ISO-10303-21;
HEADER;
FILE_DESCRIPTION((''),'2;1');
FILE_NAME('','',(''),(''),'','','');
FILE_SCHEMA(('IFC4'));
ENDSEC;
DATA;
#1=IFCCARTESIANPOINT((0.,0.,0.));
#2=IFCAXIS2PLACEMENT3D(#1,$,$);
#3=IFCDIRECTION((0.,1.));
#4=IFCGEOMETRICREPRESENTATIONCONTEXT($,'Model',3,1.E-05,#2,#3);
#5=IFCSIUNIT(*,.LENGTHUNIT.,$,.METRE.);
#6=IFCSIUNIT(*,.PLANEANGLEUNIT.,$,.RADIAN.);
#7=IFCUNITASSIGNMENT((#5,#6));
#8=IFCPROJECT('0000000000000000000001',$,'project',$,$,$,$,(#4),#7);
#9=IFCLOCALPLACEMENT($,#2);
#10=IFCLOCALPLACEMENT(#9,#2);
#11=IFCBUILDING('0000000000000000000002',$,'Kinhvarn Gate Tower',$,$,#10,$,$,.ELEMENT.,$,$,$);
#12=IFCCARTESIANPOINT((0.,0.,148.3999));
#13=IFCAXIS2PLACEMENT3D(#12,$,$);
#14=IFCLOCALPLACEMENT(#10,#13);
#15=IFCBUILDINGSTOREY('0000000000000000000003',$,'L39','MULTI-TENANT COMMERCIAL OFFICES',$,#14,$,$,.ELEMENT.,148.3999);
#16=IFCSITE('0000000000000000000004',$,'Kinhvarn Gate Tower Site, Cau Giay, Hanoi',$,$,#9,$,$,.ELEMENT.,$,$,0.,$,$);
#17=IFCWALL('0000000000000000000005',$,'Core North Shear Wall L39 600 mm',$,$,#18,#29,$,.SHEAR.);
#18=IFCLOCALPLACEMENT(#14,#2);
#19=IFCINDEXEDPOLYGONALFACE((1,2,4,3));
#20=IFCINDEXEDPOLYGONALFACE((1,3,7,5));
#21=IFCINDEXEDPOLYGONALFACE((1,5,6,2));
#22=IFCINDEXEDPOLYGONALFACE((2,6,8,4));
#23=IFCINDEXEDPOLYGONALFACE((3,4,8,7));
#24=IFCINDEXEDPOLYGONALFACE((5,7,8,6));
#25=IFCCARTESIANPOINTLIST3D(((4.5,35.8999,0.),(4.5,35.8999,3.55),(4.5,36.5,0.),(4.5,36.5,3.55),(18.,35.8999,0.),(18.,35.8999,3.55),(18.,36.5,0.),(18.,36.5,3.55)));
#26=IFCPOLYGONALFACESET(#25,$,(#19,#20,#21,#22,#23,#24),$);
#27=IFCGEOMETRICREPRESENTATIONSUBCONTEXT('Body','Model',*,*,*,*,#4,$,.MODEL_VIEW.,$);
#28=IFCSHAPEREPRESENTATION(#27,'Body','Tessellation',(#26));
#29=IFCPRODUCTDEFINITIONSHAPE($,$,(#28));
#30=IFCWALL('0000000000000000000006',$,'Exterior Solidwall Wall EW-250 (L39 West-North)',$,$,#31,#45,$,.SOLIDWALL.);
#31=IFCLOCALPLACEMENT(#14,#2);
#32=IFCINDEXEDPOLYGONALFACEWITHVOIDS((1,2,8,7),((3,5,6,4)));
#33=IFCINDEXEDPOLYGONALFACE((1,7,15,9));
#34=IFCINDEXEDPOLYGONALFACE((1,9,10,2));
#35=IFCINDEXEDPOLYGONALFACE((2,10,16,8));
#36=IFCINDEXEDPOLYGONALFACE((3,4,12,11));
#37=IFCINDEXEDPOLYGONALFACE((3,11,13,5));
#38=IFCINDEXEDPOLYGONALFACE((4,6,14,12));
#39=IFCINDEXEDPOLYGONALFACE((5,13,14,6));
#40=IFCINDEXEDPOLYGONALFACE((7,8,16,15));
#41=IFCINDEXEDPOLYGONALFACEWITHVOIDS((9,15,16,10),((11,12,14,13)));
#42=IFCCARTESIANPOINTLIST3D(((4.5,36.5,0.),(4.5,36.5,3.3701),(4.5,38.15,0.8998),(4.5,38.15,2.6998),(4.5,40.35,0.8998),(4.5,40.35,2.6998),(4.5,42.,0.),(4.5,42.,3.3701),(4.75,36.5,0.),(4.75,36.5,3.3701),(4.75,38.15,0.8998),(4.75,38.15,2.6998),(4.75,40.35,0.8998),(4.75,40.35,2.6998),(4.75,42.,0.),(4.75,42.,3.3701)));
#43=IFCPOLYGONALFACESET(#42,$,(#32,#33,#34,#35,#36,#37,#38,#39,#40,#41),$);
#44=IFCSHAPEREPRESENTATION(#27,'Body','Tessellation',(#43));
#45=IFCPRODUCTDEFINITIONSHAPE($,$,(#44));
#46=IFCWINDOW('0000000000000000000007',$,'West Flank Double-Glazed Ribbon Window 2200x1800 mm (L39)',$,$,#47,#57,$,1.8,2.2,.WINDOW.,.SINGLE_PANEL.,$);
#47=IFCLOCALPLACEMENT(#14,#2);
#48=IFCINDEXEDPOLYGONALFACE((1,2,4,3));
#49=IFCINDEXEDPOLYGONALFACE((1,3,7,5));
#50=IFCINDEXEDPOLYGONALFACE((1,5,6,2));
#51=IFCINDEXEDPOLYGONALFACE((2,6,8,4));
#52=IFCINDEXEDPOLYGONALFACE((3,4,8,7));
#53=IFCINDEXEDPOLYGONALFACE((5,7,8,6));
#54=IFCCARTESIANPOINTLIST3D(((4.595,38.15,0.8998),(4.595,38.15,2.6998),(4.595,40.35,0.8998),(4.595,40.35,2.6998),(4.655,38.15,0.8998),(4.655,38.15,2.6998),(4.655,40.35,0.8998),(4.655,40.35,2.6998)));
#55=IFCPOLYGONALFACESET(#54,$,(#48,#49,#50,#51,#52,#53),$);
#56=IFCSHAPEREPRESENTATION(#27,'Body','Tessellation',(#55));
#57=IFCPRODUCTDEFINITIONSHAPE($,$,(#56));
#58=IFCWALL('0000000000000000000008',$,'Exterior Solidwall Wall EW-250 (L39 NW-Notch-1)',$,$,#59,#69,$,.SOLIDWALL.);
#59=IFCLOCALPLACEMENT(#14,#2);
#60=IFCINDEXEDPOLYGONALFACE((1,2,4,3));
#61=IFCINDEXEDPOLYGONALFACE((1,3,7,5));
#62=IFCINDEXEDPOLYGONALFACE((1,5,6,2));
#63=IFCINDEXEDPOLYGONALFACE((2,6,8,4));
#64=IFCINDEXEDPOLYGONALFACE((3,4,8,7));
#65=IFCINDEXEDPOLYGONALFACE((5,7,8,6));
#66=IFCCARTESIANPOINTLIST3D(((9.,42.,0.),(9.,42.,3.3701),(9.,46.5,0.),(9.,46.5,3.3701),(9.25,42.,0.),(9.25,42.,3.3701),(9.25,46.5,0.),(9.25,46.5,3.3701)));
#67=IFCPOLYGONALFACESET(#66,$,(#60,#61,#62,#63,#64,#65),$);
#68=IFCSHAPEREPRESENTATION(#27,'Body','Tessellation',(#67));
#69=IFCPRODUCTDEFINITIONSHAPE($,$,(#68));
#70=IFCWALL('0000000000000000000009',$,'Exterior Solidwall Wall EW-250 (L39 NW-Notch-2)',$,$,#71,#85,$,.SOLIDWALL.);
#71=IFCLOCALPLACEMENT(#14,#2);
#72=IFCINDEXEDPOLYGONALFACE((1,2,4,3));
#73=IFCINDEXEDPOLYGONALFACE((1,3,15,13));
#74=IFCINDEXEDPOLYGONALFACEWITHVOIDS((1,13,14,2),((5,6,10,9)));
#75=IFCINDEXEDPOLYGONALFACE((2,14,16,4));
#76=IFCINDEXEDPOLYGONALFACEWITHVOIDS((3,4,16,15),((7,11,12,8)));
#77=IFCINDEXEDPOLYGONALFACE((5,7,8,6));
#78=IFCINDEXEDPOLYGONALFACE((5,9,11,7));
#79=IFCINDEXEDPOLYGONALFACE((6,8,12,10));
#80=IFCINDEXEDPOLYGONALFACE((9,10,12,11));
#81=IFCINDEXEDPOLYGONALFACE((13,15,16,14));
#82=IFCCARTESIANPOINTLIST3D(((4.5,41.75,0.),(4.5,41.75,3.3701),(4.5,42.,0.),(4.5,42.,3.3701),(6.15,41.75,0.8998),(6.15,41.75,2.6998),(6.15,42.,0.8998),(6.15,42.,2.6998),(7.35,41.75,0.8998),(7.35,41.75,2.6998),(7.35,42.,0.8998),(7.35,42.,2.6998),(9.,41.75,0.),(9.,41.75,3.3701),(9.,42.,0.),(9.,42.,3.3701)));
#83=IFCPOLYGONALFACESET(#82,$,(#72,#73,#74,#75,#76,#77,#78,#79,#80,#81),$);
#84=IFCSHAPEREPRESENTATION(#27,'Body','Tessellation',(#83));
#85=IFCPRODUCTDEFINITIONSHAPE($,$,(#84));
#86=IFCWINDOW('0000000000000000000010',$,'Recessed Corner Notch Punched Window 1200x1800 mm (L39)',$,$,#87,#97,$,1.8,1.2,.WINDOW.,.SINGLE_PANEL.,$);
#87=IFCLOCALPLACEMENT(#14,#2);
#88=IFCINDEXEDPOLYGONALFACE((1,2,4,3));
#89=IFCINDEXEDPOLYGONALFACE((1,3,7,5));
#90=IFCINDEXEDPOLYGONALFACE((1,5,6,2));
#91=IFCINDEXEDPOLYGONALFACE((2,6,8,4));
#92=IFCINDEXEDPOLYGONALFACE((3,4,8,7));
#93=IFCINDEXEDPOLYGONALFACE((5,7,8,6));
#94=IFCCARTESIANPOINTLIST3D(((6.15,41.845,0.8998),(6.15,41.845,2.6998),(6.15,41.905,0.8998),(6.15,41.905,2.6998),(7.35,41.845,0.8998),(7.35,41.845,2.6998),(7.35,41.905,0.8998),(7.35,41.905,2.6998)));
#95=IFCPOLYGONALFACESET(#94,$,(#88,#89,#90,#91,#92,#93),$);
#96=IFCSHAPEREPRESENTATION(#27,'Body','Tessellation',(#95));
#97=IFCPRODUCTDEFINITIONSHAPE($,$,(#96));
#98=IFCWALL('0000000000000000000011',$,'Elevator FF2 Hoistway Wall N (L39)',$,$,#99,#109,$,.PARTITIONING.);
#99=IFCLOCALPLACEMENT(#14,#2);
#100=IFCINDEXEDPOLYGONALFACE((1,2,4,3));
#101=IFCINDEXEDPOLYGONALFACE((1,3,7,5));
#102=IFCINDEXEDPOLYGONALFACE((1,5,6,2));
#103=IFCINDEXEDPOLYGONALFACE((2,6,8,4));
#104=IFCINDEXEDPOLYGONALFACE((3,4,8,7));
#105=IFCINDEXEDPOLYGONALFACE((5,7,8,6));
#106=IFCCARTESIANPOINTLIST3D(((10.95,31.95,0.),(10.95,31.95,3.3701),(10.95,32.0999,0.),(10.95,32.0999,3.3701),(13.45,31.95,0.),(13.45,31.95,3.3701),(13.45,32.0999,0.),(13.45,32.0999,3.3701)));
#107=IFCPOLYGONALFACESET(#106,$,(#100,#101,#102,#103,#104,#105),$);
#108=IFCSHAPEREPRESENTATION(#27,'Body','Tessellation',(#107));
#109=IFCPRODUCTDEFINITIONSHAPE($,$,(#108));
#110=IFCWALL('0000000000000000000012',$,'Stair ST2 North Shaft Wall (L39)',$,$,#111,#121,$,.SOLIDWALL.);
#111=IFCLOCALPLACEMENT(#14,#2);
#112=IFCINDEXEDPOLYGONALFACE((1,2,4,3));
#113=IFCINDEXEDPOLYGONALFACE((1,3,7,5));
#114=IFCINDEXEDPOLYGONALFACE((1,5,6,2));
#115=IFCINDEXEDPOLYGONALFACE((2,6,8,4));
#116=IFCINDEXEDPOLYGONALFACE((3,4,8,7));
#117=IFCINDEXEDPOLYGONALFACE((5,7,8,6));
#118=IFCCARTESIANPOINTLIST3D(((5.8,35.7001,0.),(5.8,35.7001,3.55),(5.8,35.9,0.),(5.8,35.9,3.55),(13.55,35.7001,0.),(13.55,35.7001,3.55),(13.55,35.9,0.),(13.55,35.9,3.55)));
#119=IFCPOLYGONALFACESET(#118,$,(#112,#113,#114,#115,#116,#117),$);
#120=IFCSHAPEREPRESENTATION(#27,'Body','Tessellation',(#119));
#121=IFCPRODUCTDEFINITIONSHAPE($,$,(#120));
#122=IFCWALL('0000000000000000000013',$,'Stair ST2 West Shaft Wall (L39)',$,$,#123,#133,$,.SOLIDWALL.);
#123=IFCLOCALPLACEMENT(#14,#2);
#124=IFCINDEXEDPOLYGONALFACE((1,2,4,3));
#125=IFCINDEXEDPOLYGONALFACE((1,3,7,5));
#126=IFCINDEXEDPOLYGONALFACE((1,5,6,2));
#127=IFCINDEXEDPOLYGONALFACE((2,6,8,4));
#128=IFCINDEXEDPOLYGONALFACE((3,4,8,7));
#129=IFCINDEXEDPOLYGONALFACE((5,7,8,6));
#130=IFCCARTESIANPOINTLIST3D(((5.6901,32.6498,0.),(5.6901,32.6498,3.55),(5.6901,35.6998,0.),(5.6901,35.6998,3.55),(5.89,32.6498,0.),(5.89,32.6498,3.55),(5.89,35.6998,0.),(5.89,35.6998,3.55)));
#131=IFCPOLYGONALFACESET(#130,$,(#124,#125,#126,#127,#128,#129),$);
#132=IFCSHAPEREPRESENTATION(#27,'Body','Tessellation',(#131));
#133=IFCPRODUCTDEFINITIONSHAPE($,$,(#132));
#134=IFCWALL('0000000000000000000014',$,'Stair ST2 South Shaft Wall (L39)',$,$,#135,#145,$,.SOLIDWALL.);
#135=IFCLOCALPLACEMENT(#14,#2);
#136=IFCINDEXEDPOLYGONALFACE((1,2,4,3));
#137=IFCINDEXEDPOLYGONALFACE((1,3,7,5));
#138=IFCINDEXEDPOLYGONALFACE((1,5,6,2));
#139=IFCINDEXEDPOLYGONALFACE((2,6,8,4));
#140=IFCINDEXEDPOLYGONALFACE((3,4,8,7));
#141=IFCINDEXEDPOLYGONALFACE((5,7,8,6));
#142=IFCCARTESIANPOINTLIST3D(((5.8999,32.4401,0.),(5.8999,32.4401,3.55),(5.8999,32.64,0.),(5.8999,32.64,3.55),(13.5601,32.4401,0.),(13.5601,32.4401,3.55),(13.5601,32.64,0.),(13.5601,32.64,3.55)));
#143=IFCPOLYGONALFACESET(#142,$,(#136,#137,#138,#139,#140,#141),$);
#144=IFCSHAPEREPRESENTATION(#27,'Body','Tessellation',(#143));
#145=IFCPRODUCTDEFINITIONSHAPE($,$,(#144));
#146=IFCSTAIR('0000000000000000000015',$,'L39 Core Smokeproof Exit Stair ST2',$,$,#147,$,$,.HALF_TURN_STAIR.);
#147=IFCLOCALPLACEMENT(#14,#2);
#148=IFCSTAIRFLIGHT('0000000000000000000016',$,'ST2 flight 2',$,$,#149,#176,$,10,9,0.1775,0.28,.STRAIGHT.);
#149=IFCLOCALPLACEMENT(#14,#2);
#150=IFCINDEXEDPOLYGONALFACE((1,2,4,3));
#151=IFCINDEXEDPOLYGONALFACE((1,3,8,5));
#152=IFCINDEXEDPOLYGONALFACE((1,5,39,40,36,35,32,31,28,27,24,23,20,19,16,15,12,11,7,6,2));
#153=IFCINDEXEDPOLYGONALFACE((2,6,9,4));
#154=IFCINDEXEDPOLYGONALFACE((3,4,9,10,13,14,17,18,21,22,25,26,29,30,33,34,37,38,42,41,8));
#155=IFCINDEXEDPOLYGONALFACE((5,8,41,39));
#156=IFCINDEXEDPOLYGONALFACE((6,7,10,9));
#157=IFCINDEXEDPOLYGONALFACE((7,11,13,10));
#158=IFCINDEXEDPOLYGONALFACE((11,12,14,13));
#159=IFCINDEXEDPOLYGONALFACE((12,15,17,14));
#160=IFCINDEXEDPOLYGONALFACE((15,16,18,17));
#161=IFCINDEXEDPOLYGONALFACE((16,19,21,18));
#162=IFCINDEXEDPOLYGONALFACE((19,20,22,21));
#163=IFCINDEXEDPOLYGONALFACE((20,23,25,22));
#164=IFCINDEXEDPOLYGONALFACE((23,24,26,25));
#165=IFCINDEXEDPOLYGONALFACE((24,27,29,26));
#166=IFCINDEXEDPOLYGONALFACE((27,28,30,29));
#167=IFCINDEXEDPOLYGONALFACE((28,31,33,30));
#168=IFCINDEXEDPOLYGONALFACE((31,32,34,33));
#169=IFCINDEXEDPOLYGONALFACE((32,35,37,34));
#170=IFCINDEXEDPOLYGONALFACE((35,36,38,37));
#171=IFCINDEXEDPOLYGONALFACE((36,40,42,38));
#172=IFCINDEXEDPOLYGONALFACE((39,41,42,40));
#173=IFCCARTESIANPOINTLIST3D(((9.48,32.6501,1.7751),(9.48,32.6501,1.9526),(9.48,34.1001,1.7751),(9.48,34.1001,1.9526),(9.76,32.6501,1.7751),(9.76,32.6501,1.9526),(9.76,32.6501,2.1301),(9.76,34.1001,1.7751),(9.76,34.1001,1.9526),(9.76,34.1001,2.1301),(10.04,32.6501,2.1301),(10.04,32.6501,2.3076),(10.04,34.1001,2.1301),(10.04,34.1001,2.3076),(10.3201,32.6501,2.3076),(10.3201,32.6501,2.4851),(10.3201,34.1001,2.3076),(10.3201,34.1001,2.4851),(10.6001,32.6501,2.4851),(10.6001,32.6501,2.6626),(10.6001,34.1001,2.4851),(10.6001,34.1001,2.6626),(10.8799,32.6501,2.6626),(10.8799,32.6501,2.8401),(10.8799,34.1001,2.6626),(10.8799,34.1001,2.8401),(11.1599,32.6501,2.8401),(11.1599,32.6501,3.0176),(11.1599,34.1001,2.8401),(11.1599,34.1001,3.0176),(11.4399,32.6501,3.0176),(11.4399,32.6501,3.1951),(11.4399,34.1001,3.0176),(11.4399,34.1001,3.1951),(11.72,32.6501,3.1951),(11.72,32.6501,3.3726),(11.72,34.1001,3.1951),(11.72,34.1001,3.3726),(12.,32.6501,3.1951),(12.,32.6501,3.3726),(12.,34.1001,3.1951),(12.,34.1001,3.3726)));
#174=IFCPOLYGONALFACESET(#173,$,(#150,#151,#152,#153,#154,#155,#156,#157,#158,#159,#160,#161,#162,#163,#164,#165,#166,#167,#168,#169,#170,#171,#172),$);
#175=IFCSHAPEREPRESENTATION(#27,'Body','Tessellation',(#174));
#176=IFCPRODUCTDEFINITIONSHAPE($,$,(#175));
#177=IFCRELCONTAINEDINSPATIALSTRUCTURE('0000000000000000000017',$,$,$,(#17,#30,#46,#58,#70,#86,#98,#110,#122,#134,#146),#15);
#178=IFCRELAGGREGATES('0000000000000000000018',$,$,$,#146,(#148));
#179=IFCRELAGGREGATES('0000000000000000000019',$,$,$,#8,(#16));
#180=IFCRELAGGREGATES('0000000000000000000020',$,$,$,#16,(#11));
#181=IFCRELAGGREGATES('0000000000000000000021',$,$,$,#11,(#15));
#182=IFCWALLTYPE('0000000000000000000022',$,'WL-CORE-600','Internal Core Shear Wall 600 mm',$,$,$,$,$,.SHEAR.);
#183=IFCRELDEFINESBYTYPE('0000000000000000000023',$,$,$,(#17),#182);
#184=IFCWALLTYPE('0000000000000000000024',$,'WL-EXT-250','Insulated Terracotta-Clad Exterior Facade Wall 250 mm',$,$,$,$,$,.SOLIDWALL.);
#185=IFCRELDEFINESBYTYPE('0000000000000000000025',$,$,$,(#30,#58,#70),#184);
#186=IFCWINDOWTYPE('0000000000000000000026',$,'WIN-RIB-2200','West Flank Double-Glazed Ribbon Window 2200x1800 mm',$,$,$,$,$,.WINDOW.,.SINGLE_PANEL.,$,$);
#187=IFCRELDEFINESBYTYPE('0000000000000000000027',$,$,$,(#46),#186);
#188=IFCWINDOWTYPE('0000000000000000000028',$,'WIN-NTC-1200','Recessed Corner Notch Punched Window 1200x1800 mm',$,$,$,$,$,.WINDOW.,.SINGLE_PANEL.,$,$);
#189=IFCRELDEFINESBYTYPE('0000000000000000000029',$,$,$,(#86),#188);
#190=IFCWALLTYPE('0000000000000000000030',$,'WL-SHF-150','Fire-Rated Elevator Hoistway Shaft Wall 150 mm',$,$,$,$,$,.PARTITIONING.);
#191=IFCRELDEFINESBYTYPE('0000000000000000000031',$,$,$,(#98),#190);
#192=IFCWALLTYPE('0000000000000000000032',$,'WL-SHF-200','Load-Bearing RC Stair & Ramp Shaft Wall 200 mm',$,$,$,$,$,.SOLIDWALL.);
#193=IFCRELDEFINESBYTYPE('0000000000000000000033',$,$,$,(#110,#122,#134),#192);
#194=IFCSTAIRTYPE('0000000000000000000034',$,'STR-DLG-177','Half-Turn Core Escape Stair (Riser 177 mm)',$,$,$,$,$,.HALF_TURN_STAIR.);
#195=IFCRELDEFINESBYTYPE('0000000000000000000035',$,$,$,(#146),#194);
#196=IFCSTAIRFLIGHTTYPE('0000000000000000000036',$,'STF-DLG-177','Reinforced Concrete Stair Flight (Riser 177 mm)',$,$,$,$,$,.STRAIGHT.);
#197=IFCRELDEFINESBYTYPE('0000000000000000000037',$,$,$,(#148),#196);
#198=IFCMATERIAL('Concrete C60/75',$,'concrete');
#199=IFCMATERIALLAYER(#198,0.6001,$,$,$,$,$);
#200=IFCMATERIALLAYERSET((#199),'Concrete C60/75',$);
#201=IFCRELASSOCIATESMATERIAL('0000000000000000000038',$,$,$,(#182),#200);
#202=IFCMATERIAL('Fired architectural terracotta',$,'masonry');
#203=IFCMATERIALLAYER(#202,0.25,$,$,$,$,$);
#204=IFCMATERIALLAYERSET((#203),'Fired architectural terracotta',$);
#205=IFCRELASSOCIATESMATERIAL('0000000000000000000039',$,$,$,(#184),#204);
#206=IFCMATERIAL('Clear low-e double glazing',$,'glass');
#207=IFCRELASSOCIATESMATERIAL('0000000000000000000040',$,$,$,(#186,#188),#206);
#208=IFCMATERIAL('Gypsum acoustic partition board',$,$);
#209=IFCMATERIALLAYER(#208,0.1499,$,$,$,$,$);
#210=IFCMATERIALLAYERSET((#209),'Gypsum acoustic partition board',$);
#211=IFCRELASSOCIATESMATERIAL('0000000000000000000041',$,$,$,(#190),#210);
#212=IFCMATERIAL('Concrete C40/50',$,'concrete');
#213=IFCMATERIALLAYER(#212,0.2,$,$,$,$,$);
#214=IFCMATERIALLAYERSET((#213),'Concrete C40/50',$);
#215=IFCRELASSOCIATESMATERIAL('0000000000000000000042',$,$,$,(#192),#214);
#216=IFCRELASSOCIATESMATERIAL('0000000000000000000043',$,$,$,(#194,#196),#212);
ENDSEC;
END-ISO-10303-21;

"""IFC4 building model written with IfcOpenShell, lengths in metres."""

from ifc_helpers import new_model, si_unit, direction, frame, frame_2d, origin, place, context, subcontext, project, spatial, polyline, rectangle, outline, extrude, material, layer, layer_set, type_object, element, fill, aggregate, save


model = new_model("IFC4")

# Units and contexts
model_context = context("Model", 3, precision=1e-05, world=origin(), true_north=direction((0.0, 1.0)))
body_context = subcontext(model_context, "Body", "Model", "MODEL_VIEW")
ifc_project = project(units=[si_unit("LENGTHUNIT", "METRE"), si_unit("PLANEANGLEUNIT", "RADIAN")], contexts=[model_context])

# Site, building, storey
site_placement = place(None, origin())
site = spatial("IfcSite", under=ifc_project, at=site_placement, Name="Kinhvarn Gate Tower Site, Cau Giay, Hanoi", CompositionType="ELEMENT", RefElevation=0.0)
building_placement = place(site_placement, origin())
building = spatial("IfcBuilding", under=site, at=building_placement, Name="Kinhvarn Gate Tower", CompositionType="ELEMENT")
storey_placement = place(building_placement, frame((0.0, 0.0, 148.3999)))
storey = spatial("IfcBuildingStorey", under=building, at=storey_placement, Name="L39", Description="MULTI-TENANT COMMERCIAL OFFICES", CompositionType="ELEMENT", Elevation=148.3999)

# Shared definitions
ifc_material_1 = material(Name="Concrete C60/75", Category="concrete")

# Shared definitions
ifc_material_2 = material(Name="Clear low-e double glazing", Category="glass")

# Wall
ifc_layer_1 = layer(ifc_material_1, 0.6001)
ifc_layer_set_1 = layer_set([ifc_layer_1], Name="Concrete C60/75")
wall_type_1 = type_object("IfcWallType", Name="WL-CORE-600", Description="Internal Core Shear Wall 600 mm", PredefinedType="SHEAR", material=ifc_layer_set_1)
wall_1_placement = place(storey_placement, frame((4.5, 36.2, 0.0), z_axis=(0.0, 0.0, 1.0), x_axis=(1.0, 0.0, 0.0)))
element("IfcWall", 1, at=wall_1_placement, inside=storey, type_object=wall_type_1, Name="Core North Shear Wall L39 600 mm", PredefinedType="SHEAR", context=body_context, shape_type="SweptSolid", body=[
    extrude(rectangle(XDim=13.5, YDim=0.6001, at=frame_2d((6.75, 0.0))), origin(), (0.0, 0.0, 1.0), 3.55),
])

# Wall, opening, window
ifc_material_3 = material(Name="Fired architectural terracotta", Category="masonry")
ifc_layer_2 = layer(ifc_material_3, 0.25)
ifc_layer_set_2 = layer_set([ifc_layer_2], Name="Fired architectural terracotta")
wall_type_2 = type_object("IfcWallType", Name="WL-EXT-250", Description="Insulated Terracotta-Clad Exterior Facade Wall 250 mm", PredefinedType="SOLIDWALL", material=ifc_layer_set_2)
wall_2_placement = place(storey_placement, frame((4.625, 42.0, 0.0), z_axis=(0.0, 0.0, 1.0), x_axis=(0.0, -1.0, 0.0)))
wall_2 = element("IfcWall", 2, at=wall_2_placement, inside=storey, type_object=wall_type_2, Name="Exterior Solidwall Wall EW-250 (L39 West-North)", PredefinedType="SOLIDWALL", context=body_context, shape_type="SweptSolid", body=[
    extrude(rectangle(XDim=5.5, YDim=0.25, at=frame_2d((2.75, 0.0))), origin(), (0.0, 0.0, 1.0), 3.3701),
])
opening_1_placement = place(wall_2_placement, frame((1.6499, 0.0, 0.8999)))
opening_1 = element("IfcOpeningElement", 3, at=opening_1_placement, cuts=wall_2, PredefinedType="OPENING", context=body_context, shape_type="SweptSolid", body=[
    extrude(rectangle(XDim=2.2, YDim=1.8, at=frame_2d((1.1001, 0.8999))), frame((0.0, 0.135, 0.0), z_axis=(0.0, -1.0, 0.0), x_axis=(1.0, 0.0, 0.0)), (0.0, 0.0, 1.0), 0.27),
])
window_type_1 = type_object("IfcWindowType", Name="WIN-RIB-2200", Description="West Flank Double-Glazed Ribbon Window 2200x1800 mm", PartitioningType="SINGLE_PANEL", PredefinedType="WINDOW", material=ifc_material_2)
window_1_placement = place(opening_1_placement, origin())
window_1 = element("IfcWindow", 4, at=window_1_placement, inside=storey, type_object=window_type_1, Name="West Flank Double-Glazed Ribbon Window 2200x1800 mm (L39)", OverallHeight=1.8, OverallWidth=2.2, PartitioningType="SINGLE_PANEL", PredefinedType="WINDOW", context=body_context, shape_type="SweptSolid", body=[
    extrude(rectangle(XDim=2.2, YDim=1.8, at=frame_2d((1.1001, 0.8999))), frame((0.0, 0.03, 0.0), z_axis=(0.0, -1.0, 0.0), x_axis=(1.0, 0.0, 0.0)), (0.0, 0.0, 1.0), 0.0601),
])
fill(opening_1, window_1)

# Wall
wall_3_placement = place(storey_placement, frame((9.125, 46.5, 0.0), z_axis=(0.0, 0.0, 1.0), x_axis=(0.0, -1.0, 0.0)))
element("IfcWall", 5, at=wall_3_placement, inside=storey, type_object=wall_type_2, Name="Exterior Solidwall Wall EW-250 (L39 NW-Notch-1)", PredefinedType="SOLIDWALL", context=body_context, shape_type="SweptSolid", body=[
    extrude(rectangle(XDim=4.5, YDim=0.25, at=frame_2d((2.25, 0.0))), origin(), (0.0, 0.0, 1.0), 3.3701),
])

# Wall, opening, window
wall_4_placement = place(storey_placement, frame((9.0, 41.875, 0.0), z_axis=(0.0, 0.0, 1.0), x_axis=(-1.0, 0.0, 0.0)))
wall_4 = element("IfcWall", 6, at=wall_4_placement, inside=storey, type_object=wall_type_2, Name="Exterior Solidwall Wall EW-250 (L39 NW-Notch-2)", PredefinedType="SOLIDWALL", context=body_context, shape_type="SweptSolid", body=[
    extrude(rectangle(XDim=4.5, YDim=0.25, at=frame_2d((2.25, 0.0))), origin(), (0.0, 0.0, 1.0), 3.3701),
])
opening_2_placement = place(wall_4_placement, frame((1.6499, 0.0, 0.8999)))
opening_2 = element("IfcOpeningElement", 7, at=opening_2_placement, cuts=wall_4, PredefinedType="OPENING", context=body_context, shape_type="SweptSolid", body=[
    extrude(rectangle(XDim=1.2, YDim=1.8, at=frame_2d((0.6001, 0.8999))), frame((0.0, 0.135, 0.0), z_axis=(0.0, -1.0, 0.0), x_axis=(1.0, 0.0, 0.0)), (0.0, 0.0, 1.0), 0.27),
])
window_type_2 = type_object("IfcWindowType", Name="WIN-NTC-1200", Description="Recessed Corner Notch Punched Window 1200x1800 mm", PartitioningType="SINGLE_PANEL", PredefinedType="WINDOW", material=ifc_material_2)
window_2_placement = place(opening_2_placement, origin())
window_2 = element("IfcWindow", 8, at=window_2_placement, inside=storey, type_object=window_type_2, Name="Recessed Corner Notch Punched Window 1200x1800 mm (L39)", OverallHeight=1.8, OverallWidth=1.2, PartitioningType="SINGLE_PANEL", PredefinedType="WINDOW", context=body_context, shape_type="SweptSolid", body=[
    extrude(rectangle(XDim=1.2, YDim=1.8, at=frame_2d((0.6001, 0.8999))), frame((0.0, 0.03, 0.0), z_axis=(0.0, -1.0, 0.0), x_axis=(1.0, 0.0, 0.0)), (0.0, 0.0, 1.0), 0.0601),
])
fill(opening_2, window_2)

# Walls
ifc_material_4 = material(Name="Gypsum acoustic partition board")
ifc_layer_3 = layer(ifc_material_4, 0.1499)
ifc_layer_set_3 = layer_set([ifc_layer_3], Name="Gypsum acoustic partition board")
wall_type_3 = type_object("IfcWallType", Name="WL-SHF-150", Description="Fire-Rated Elevator Hoistway Shaft Wall 150 mm", PredefinedType="PARTITIONING", material=ifc_layer_set_3)
wall_5_placement = place(storey_placement, frame((10.95, 32.0249, 0.0), z_axis=(0.0, 0.0, 1.0), x_axis=(1.0, 0.0, 0.0)))
element("IfcWall", 9, at=wall_5_placement, inside=storey, type_object=wall_type_3, Name="Elevator FF2 Hoistway Wall N (L39)", PredefinedType="PARTITIONING", context=body_context, shape_type="SweptSolid", body=[
    extrude(rectangle(XDim=2.5, YDim=0.1499, at=frame_2d((1.25, 0.0))), origin(), (0.0, 0.0, 1.0), 3.3701),
])
ifc_material_5 = material(Name="Concrete C40/50", Category="concrete")
ifc_layer_4 = layer(ifc_material_5, 0.2)
ifc_layer_set_4 = layer_set([ifc_layer_4], Name="Concrete C40/50")
wall_type_4 = type_object("IfcWallType", Name="WL-SHF-200", Description="Load-Bearing RC Stair & Ramp Shaft Wall 200 mm", PredefinedType="SOLIDWALL", material=ifc_layer_set_4)
wall_6_placement = place(storey_placement, frame((5.8, 35.8, 0.0), z_axis=(0.0, 0.0, 1.0), x_axis=(1.0, 0.0, 0.0)))
element("IfcWall", 10, at=wall_6_placement, inside=storey, type_object=wall_type_4, Name="Stair ST2 North Shaft Wall (L39)", PredefinedType="SOLIDWALL", context=body_context, shape_type="SweptSolid", body=[
    extrude(rectangle(XDim=7.75, YDim=0.2, at=frame_2d((3.875, 0.0))), origin(), (0.0, 0.0, 1.0), 3.55),
])
wall_7_placement = place(storey_placement, frame((5.79, 32.6499, 0.0), z_axis=(0.0, 0.0, 1.0), x_axis=(0.0, 1.0, 0.0)))
element("IfcWall", 11, at=wall_7_placement, inside=storey, type_object=wall_type_4, Name="Stair ST2 West Shaft Wall (L39)", PredefinedType="SOLIDWALL", context=body_context, shape_type="SweptSolid", body=[
    extrude(rectangle(XDim=3.05, YDim=0.2, at=frame_2d((1.5249, 0.0))), origin(), (0.0, 0.0, 1.0), 3.55),
])
wall_8_placement = place(storey_placement, frame((5.8999, 32.54, 0.0), z_axis=(0.0, 0.0, 1.0), x_axis=(1.0, 0.0, 0.0)))
element("IfcWall", 12, at=wall_8_placement, inside=storey, type_object=wall_type_4, Name="Stair ST2 South Shaft Wall (L39)", PredefinedType="SOLIDWALL", context=body_context, shape_type="SweptSolid", body=[
    extrude(rectangle(XDim=7.6602, YDim=0.2, at=frame_2d((3.8301, 0.0))), origin(), (0.0, 0.0, 1.0), 3.55),
])

# Stair, stair flight
stair_type = type_object("IfcStairType", Name="STR-DLG-177", Description="Half-Turn Core Escape Stair (Riser 177 mm)", PredefinedType="HALF_TURN_STAIR", material=ifc_material_5)
stair_placement = place(storey_placement, origin())
stair = element("IfcStair", 13, at=stair_placement, inside=storey, type_object=stair_type, Name="L39 Core Smokeproof Exit Stair ST2", PredefinedType="HALF_TURN_STAIR")
stair_flight_type = type_object("IfcStairFlightType", Name="STF-DLG-177", Description="Reinforced Concrete Stair Flight (Riser 177 mm)", PredefinedType="STRAIGHT", material=ifc_material_5)
stair_flight_placement = place(storey_placement, frame((9.48, 33.375, 1.7751), z_axis=(0.0, 0.0, 1.0), x_axis=(1.0, 0.0, 0.0)))
stair_flight = element("IfcStairFlight", 14, at=stair_flight_placement, type_object=stair_flight_type, Name="ST2 flight 2", NumberOfRisers=10, NumberOfTreads=9, PredefinedType="STRAIGHT", RiserHeight=0.1775, TreadLength=0.28, context=body_context, shape_type="SweptSolid", body=[
    extrude(outline(polyline([(0.0, 0.0), (0.0, 0.1775), (0.28, 0.1775), (0.28, 0.355), (0.5601, 0.355), (0.5601, 0.5325), (0.8401, 0.5325), (0.8401, 0.71), (1.1201, 0.71), (1.1201, 0.8875), (1.3999, 0.8875), (1.3999, 1.0649), (1.6799, 1.0649), (1.6799, 1.2424), (1.96, 1.2424), (1.96, 1.4199), (2.24, 1.4199), (2.24, 1.5974), (2.52, 1.5974), (2.52, 1.7749), (2.52, 1.4199), (0.28, 0.0), (0.0, 0.0)])), frame((0.0, 0.7251, 0.0), z_axis=(0.0, -1.0, 0.0), x_axis=(1.0, 0.0, 0.0)), (0.0, 0.0, 1.0), 1.45),
])
aggregate(stair, [stair_flight])

save(model, "model.ifc")
